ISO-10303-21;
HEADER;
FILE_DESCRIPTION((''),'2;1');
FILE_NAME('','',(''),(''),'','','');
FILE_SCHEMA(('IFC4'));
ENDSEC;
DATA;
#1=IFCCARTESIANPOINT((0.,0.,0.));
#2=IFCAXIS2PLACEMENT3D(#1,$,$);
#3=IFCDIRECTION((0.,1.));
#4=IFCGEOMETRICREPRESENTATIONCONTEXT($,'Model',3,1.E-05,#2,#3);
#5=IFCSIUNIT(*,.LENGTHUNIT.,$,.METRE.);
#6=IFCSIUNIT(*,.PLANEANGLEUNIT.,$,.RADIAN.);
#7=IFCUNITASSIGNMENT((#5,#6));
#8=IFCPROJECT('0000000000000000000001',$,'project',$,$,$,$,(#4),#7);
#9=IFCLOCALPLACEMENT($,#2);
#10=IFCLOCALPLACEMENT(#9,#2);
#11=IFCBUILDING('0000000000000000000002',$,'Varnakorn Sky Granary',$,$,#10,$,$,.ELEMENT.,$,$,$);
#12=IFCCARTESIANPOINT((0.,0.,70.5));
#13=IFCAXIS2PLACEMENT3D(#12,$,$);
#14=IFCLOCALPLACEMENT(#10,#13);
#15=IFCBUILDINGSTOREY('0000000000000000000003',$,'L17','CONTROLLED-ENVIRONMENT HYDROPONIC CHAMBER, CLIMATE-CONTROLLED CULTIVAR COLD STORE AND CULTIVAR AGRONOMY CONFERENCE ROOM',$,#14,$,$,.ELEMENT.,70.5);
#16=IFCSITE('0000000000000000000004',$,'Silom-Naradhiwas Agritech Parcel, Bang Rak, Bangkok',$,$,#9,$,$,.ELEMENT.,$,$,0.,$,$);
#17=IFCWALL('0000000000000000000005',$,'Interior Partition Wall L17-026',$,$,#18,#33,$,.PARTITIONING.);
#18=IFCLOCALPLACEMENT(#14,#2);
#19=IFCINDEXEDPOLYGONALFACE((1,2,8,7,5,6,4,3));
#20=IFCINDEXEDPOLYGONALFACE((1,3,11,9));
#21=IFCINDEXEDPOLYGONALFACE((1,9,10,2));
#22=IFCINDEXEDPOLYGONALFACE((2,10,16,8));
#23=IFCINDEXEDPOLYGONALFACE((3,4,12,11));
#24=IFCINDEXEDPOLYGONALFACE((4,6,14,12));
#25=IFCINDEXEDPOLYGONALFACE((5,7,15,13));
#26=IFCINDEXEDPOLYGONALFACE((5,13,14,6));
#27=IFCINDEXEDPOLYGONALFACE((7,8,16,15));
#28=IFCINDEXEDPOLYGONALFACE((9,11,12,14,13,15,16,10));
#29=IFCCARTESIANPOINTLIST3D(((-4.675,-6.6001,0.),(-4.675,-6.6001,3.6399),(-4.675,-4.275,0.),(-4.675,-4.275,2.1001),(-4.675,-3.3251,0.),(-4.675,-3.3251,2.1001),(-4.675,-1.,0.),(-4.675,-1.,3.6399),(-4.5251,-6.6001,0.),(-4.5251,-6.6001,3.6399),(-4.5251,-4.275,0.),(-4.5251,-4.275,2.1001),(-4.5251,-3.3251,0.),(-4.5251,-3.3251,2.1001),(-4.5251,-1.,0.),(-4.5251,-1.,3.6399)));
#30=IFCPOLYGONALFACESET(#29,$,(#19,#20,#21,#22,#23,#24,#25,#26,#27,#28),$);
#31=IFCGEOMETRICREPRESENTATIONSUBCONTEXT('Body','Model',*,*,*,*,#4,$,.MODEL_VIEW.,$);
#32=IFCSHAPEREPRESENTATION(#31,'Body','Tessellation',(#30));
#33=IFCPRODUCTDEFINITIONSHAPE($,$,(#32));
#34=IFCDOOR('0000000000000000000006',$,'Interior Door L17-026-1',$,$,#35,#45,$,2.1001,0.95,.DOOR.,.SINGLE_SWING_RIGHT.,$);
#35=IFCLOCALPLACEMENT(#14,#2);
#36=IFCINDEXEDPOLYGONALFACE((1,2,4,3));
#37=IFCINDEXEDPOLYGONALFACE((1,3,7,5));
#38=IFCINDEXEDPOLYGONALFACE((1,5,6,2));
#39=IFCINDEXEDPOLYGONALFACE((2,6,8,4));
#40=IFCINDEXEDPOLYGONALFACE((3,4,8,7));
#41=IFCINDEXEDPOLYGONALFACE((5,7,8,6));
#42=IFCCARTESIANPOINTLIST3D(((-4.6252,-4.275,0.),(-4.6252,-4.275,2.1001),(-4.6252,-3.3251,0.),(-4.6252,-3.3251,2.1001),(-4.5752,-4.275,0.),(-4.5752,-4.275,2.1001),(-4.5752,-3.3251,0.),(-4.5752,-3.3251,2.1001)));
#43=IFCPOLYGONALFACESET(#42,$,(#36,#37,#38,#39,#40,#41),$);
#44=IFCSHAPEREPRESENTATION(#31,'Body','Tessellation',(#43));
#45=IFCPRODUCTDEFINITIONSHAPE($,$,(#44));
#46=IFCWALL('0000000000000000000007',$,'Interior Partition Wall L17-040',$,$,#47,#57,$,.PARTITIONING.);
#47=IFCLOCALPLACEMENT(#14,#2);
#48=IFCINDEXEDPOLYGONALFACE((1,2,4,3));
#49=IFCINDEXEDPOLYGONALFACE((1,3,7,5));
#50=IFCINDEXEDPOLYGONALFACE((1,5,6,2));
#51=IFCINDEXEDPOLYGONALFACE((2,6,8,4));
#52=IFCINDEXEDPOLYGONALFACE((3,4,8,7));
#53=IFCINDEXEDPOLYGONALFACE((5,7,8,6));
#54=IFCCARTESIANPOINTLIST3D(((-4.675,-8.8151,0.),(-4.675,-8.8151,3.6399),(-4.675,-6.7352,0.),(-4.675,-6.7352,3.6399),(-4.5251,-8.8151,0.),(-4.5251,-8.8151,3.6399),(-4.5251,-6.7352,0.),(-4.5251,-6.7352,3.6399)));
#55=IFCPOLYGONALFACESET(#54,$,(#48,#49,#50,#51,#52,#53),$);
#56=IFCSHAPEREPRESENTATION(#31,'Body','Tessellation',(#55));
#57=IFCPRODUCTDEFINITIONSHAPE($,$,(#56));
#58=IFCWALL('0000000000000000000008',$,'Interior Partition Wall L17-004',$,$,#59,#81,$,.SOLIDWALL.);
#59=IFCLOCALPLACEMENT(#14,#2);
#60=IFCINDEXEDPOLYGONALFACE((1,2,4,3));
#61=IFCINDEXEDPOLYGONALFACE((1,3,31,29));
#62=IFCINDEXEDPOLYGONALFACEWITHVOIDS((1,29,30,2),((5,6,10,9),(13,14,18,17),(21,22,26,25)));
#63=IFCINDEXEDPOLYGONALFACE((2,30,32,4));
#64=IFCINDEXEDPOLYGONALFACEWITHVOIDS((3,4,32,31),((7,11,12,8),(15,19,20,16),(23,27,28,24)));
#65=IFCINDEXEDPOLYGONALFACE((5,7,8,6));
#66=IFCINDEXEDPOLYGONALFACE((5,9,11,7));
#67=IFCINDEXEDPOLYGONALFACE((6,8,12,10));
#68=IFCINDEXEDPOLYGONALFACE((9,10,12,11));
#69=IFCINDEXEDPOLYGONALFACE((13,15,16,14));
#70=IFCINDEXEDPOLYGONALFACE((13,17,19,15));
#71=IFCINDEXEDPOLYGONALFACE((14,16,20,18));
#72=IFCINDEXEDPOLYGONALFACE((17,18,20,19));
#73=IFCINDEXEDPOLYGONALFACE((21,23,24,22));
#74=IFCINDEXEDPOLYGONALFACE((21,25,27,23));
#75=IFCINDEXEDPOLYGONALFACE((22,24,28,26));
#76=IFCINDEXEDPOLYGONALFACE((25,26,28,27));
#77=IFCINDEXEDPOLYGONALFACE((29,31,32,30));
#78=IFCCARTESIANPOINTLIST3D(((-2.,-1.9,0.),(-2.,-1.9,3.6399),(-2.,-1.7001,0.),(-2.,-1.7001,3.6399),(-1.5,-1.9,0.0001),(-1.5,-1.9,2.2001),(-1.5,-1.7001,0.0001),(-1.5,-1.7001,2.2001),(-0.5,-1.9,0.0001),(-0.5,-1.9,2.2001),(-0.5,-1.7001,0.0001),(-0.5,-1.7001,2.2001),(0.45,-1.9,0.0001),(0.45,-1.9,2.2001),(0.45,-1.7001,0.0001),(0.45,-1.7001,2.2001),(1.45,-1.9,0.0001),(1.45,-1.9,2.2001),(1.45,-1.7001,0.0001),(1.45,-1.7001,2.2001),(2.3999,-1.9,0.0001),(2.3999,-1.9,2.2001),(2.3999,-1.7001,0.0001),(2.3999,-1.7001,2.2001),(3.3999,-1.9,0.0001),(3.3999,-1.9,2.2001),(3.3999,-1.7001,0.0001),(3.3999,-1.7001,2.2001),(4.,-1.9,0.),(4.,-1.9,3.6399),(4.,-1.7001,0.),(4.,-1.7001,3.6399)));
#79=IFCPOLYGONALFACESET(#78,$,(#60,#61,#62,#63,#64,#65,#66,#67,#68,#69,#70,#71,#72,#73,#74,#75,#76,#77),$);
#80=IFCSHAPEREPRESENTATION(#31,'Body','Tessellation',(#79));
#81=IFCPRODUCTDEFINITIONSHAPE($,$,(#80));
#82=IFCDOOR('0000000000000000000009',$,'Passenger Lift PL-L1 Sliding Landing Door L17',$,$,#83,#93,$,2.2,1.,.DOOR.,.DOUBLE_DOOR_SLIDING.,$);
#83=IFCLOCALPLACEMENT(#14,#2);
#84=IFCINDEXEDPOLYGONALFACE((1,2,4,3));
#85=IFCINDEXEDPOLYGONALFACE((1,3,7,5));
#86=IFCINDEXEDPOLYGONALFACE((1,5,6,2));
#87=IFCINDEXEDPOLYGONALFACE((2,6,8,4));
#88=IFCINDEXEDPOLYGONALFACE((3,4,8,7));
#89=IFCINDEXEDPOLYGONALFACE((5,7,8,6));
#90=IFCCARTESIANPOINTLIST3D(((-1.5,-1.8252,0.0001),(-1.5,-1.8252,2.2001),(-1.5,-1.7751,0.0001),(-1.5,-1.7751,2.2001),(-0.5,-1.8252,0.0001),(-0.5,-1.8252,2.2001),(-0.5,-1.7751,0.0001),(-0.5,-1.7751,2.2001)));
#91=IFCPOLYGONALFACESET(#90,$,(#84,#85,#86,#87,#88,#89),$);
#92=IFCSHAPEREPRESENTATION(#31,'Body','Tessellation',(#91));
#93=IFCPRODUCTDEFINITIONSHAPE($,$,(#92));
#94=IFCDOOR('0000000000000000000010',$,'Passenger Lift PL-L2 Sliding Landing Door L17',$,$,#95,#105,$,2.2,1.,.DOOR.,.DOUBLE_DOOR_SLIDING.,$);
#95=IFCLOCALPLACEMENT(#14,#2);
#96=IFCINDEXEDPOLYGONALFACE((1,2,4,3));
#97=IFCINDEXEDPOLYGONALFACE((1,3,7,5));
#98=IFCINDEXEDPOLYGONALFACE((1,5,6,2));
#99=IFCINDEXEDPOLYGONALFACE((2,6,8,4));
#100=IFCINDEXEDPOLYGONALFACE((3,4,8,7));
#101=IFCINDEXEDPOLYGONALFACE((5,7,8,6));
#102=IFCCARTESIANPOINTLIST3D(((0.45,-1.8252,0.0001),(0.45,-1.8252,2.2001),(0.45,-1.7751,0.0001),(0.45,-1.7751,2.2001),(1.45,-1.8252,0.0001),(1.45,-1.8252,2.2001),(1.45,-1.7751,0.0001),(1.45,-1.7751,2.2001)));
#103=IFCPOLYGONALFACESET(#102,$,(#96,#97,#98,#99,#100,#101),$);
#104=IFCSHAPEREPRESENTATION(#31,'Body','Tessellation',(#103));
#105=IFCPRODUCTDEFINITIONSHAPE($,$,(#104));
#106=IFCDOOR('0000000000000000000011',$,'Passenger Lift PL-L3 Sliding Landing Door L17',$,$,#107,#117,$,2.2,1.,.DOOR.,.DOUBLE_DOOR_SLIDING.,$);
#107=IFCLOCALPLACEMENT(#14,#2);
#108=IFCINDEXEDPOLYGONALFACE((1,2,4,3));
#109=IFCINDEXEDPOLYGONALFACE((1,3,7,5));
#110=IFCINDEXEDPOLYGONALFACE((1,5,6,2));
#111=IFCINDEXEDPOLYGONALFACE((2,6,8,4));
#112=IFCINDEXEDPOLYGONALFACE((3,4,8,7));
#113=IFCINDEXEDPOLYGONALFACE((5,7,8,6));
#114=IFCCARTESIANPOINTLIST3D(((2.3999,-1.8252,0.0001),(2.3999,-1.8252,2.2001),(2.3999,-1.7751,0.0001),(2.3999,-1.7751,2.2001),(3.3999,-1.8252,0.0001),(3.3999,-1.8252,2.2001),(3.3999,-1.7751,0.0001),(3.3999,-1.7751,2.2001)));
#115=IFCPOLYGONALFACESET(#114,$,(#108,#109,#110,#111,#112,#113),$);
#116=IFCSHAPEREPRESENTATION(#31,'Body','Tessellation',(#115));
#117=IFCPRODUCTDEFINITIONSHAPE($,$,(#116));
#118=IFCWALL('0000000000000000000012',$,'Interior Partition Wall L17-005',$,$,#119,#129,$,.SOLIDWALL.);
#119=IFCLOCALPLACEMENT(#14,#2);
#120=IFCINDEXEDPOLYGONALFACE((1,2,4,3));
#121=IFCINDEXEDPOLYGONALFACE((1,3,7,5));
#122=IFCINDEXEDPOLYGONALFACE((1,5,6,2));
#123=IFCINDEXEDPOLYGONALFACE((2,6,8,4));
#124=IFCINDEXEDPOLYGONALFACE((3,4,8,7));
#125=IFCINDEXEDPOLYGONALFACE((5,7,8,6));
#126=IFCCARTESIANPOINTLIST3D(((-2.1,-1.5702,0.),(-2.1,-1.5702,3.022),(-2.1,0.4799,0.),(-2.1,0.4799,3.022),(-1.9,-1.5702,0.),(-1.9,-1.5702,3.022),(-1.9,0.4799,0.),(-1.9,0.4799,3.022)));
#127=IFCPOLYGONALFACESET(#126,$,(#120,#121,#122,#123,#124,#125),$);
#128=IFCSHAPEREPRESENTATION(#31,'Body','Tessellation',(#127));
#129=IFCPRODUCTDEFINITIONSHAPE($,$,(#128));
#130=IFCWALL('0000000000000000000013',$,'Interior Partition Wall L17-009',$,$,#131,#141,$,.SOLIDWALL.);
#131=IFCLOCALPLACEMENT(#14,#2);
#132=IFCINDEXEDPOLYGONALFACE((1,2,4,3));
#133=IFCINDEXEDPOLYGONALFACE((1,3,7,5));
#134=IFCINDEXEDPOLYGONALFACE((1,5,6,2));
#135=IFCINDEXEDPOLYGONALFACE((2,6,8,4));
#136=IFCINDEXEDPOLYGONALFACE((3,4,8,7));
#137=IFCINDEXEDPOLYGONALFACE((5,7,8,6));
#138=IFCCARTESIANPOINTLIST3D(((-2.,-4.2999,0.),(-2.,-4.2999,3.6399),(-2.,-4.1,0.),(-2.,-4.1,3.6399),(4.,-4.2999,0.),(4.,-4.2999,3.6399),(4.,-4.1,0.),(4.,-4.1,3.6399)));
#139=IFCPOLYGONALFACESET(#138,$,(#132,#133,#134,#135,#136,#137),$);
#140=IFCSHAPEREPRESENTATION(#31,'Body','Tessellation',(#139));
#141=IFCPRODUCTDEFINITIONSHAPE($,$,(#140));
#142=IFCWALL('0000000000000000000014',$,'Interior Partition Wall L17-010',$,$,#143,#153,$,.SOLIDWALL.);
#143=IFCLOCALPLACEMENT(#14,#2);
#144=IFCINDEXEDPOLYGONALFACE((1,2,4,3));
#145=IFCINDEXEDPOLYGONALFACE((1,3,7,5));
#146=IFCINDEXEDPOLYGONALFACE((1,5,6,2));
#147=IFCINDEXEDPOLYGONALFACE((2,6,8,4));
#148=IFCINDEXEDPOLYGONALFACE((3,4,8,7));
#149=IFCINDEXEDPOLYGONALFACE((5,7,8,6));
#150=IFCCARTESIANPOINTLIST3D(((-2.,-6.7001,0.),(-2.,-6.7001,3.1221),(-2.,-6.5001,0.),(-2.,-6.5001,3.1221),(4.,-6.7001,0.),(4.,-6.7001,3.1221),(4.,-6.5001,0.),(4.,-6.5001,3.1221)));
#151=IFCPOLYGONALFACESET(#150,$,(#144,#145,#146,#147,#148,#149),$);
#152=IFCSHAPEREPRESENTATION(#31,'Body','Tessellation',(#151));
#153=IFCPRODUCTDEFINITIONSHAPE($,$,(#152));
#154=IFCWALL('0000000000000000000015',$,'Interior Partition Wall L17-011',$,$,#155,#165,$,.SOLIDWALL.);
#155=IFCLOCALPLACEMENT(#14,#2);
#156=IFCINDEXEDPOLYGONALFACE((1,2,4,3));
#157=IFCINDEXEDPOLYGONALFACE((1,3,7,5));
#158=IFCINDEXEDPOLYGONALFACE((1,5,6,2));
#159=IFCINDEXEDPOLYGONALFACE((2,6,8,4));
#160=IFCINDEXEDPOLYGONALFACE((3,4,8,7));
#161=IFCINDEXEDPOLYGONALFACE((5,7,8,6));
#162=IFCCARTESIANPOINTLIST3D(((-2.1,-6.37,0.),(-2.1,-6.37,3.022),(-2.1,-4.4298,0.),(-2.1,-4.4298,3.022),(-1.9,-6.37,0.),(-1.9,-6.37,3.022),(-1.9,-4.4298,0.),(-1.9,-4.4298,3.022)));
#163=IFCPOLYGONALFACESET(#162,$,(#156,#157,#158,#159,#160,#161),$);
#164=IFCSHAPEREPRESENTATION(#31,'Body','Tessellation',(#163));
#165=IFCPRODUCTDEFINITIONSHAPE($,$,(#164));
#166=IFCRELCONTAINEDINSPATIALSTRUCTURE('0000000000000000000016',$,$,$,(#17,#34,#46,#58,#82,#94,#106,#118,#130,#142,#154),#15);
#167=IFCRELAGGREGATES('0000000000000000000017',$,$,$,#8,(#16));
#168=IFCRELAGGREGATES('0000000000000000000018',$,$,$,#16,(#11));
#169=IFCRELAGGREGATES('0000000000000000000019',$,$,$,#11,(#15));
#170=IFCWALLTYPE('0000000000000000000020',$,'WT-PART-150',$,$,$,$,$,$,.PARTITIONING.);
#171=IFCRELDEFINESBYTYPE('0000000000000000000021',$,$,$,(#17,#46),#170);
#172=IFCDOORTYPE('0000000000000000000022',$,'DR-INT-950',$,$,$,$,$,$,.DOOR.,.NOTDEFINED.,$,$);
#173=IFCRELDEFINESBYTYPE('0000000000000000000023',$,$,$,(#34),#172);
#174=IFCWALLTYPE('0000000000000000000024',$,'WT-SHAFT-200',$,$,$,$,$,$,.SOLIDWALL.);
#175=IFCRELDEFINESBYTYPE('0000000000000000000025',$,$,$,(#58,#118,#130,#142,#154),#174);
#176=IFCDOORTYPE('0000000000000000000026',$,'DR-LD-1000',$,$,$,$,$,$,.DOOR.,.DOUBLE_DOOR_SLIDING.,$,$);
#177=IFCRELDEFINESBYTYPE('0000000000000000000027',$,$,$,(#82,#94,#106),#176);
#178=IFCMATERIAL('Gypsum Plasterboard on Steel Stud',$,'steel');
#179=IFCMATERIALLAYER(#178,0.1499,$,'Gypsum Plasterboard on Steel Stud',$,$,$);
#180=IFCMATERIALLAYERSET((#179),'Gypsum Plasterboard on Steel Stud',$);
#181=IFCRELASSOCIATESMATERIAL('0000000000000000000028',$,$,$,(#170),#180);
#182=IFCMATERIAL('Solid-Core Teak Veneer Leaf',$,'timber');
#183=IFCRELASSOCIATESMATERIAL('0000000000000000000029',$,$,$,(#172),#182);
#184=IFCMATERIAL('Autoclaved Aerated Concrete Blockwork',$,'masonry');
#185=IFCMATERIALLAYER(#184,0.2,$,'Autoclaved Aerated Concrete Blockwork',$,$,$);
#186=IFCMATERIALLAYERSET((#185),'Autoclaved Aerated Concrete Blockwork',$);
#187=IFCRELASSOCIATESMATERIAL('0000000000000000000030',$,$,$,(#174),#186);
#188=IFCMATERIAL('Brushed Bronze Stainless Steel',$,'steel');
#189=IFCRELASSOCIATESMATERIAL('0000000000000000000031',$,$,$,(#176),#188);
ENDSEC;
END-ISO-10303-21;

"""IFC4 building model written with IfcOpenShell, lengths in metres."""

from ifc_helpers import new_model, si_unit, direction, frame, frame_2d, origin, place, context, subcontext, project, spatial, rectangle, extrude, material, layer, layer_set, type_object, element, fill, save


model = new_model("IFC4")

# Units and contexts
model_context = context("Model", 3, precision=1e-05, world=origin(), true_north=direction((0.0, 1.0)))
body_context = subcontext(model_context, "Body", "Model", "MODEL_VIEW")
ifc_project = project(units=[si_unit("LENGTHUNIT", "METRE"), si_unit("PLANEANGLEUNIT", "RADIAN")], contexts=[model_context])

# Site, building, storey
site_placement = place(None, origin())
site = spatial("IfcSite", under=ifc_project, at=site_placement, Name="Silom-Naradhiwas Agritech Parcel, Bang Rak, Bangkok", CompositionType="ELEMENT", RefElevation=0.0)
building_placement = place(site_placement, origin())
building = spatial("IfcBuilding", under=site, at=building_placement, Name="Varnakorn Sky Granary", CompositionType="ELEMENT")
storey_placement = place(building_placement, frame((0.0, 0.0, 70.5)))
storey = spatial("IfcBuildingStorey", under=building, at=storey_placement, Name="L17", Description="CONTROLLED-ENVIRONMENT HYDROPONIC CHAMBER, CLIMATE-CONTROLLED CULTIVAR COLD STORE AND CULTIVAR AGRONOMY CONFERENCE ROOM", CompositionType="ELEMENT", Elevation=70.5)

# Wall, opening, door
ifc_material_1 = material(Name="Autoclaved Aerated Concrete Blockwork", Category="masonry")
ifc_material_2 = material(Name="Gypsum Plasterboard on Steel Stud", Category="steel")
ifc_layer_1 = layer(ifc_material_2, 0.1499, Name="Gypsum Plasterboard on Steel Stud")
ifc_layer_set_1 = layer_set([ifc_layer_1], Name="Gypsum Plasterboard on Steel Stud")
wall_type_1 = type_object("IfcWallType", Name="WT-PART-150", PredefinedType="PARTITIONING", material=ifc_layer_set_1)
ifc_material_3 = material(Name="Solid-Core Teak Veneer Leaf", Category="timber")
door_type_1 = type_object("IfcDoorType", Name="DR-INT-950", OperationType="NOTDEFINED", PredefinedType="DOOR", material=ifc_material_3)
wall_1_placement = place(storey_placement, frame((-4.6001, -1.0, 0.0), z_axis=(0.0, 0.0, 1.0), x_axis=(0.0, -1.0, 0.0)))
wall_1 = element("IfcWall", 1, at=wall_1_placement, inside=storey, type_object=wall_type_1, Name="Interior Partition Wall L17-026", PredefinedType="PARTITIONING", context=body_context, shape_type="SweptSolid", body=[
    extrude(rectangle(XDim=5.6001, YDim=0.1499, at=frame_2d((2.8, 0.0))), origin(), (0.0, 0.0, 1.0), 3.6399),
])
opening_1_placement = place(wall_1_placement, frame((2.325, 0.0, 0.0)))
opening_1 = element("IfcOpeningElement", 2, at=opening_1_placement, cuts=wall_1, PredefinedType="OPENING", context=body_context, shape_type="SweptSolid", body=[
    extrude(rectangle(XDim=0.95, YDim=2.1001, at=frame_2d((0.4751, 1.05))), frame((0.0, 0.085, 0.0), z_axis=(0.0, -1.0, 0.0), x_axis=(1.0, 0.0, 0.0)), (0.0, 0.0, 1.0), 0.1699),
])
door_1_placement = place(opening_1_placement, origin())
door_1 = element("IfcDoor", 3, at=door_1_placement, inside=storey, type_object=door_type_1, Name="Interior Door L17-026-1", OperationType="SINGLE_SWING_RIGHT", OverallHeight=2.1001, OverallWidth=0.95, PredefinedType="DOOR", context=body_context, shape_type="SweptSolid", body=[
    extrude(rectangle(XDim=0.95, YDim=2.1001, at=frame_2d((0.4751, 1.05))), frame((0.0, 0.0249, 0.0), z_axis=(0.0, -1.0, 0.0), x_axis=(1.0, 0.0, 0.0)), (0.0, 0.0, 1.0), 0.05),
])
fill(opening_1, door_1)

# Wall
wall_2_placement = place(storey_placement, frame((-4.6001, -6.7351, 0.0), z_axis=(0.0, 0.0, 1.0), x_axis=(0.0, -1.0, 0.0)))
element("IfcWall", 4, at=wall_2_placement, inside=storey, type_object=wall_type_1, Name="Interior Partition Wall L17-040", PredefinedType="PARTITIONING", context=body_context, shape_type="SweptSolid", body=[
    extrude(rectangle(XDim=2.0798, YDim=0.1499, at=frame_2d((1.04, 0.0))), origin(), (0.0, 0.0, 1.0), 3.6399),
])

# Wall, openings, doors
ifc_layer_2 = layer(ifc_material_1, 0.2, Name="Autoclaved Aerated Concrete Blockwork")
ifc_layer_set_2 = layer_set([ifc_layer_2], Name="Autoclaved Aerated Concrete Blockwork")
wall_type_2 = type_object("IfcWallType", Name="WT-SHAFT-200", PredefinedType="SOLIDWALL", material=ifc_layer_set_2)
wall_3_placement = place(storey_placement, frame((-2.0, -1.8, 0.0), z_axis=(0.0, 0.0, 1.0), x_axis=(1.0, 0.0, 0.0)))
wall_3 = element("IfcWall", 5, at=wall_3_placement, inside=storey, type_object=wall_type_2, Name="Interior Partition Wall L17-004", PredefinedType="SOLIDWALL", context=body_context, shape_type="SweptSolid", body=[
    extrude(rectangle(XDim=6.0, YDim=0.2, at=frame_2d((3.0, 0.0))), origin(), (0.0, 0.0, 1.0), 3.6399),
])
opening_2_placement = place(wall_3_placement, frame((0.5, 0.0, 0.0)))
opening_2 = element("IfcOpeningElement", 6, at=opening_2_placement, cuts=wall_3, PredefinedType="OPENING", context=body_context, shape_type="SweptSolid", body=[
    extrude(rectangle(XDim=1.0, YDim=2.2, at=frame_2d((0.5, 1.1001))), frame((0.0, 0.1099, 0.0), z_axis=(0.0, -1.0, 0.0), x_axis=(1.0, 0.0, 0.0)), (0.0, 0.0, 1.0), 0.22),
])
opening_3_placement = place(wall_3_placement, frame((2.45, 0.0, 0.0)))
opening_3 = element("IfcOpeningElement", 7, at=opening_3_placement, cuts=wall_3, PredefinedType="OPENING", context=body_context, shape_type="SweptSolid", body=[
    extrude(rectangle(XDim=1.0, YDim=2.2, at=frame_2d((0.5, 1.1001))), frame((0.0, 0.1099, 0.0), z_axis=(0.0, -1.0, 0.0), x_axis=(1.0, 0.0, 0.0)), (0.0, 0.0, 1.0), 0.22),
])
opening_4_placement = place(wall_3_placement, frame((4.3999, 0.0, 0.0)))
opening_4 = element("IfcOpeningElement", 8, at=opening_4_placement, cuts=wall_3, PredefinedType="OPENING", context=body_context, shape_type="SweptSolid", body=[
    extrude(rectangle(XDim=1.0, YDim=2.2, at=frame_2d((0.5, 1.1001))), frame((0.0, 0.1099, 0.0), z_axis=(0.0, -1.0, 0.0), x_axis=(1.0, 0.0, 0.0)), (0.0, 0.0, 1.0), 0.22),
])
ifc_material_4 = material(Name="Brushed Bronze Stainless Steel", Category="steel")
door_type_2 = type_object("IfcDoorType", Name="DR-LD-1000", OperationType="DOUBLE_DOOR_SLIDING", PredefinedType="DOOR", material=ifc_material_4)
door_2_placement = place(opening_2_placement, origin())
door_2 = element("IfcDoor", 9, at=door_2_placement, inside=storey, type_object=door_type_2, Name="Passenger Lift PL-L1 Sliding Landing Door L17", OperationType="DOUBLE_DOOR_SLIDING", OverallHeight=2.2, OverallWidth=1.0, PredefinedType="DOOR", context=body_context, shape_type="SweptSolid", body=[
    extrude(rectangle(XDim=1.0, YDim=2.2, at=frame_2d((0.5, 1.1001))), frame((0.0, 0.0249, 0.0), z_axis=(0.0, -1.0, 0.0), x_axis=(1.0, 0.0, 0.0)), (0.0, 0.0, 1.0), 0.05),
])
fill(opening_2, door_2)
door_3_placement = place(opening_3_placement, origin())
door_3 = element("IfcDoor", 10, at=door_3_placement, inside=storey, type_object=door_type_2, Name="Passenger Lift PL-L2 Sliding Landing Door L17", OperationType="DOUBLE_DOOR_SLIDING", OverallHeight=2.2, OverallWidth=1.0, PredefinedType="DOOR", context=body_context, shape_type="SweptSolid", body=[
    extrude(rectangle(XDim=1.0, YDim=2.2, at=frame_2d((0.5, 1.1001))), frame((0.0, 0.0249, 0.0), z_axis=(0.0, -1.0, 0.0), x_axis=(1.0, 0.0, 0.0)), (0.0, 0.0, 1.0), 0.05),
])
fill(opening_3, door_3)
door_4_placement = place(opening_4_placement, origin())
door_4 = element("IfcDoor", 11, at=door_4_placement, inside=storey, type_object=door_type_2, Name="Passenger Lift PL-L3 Sliding Landing Door L17", OperationType="DOUBLE_DOOR_SLIDING", OverallHeight=2.2, OverallWidth=1.0, PredefinedType="DOOR", context=body_context, shape_type="SweptSolid", body=[
    extrude(rectangle(XDim=1.0, YDim=2.2, at=frame_2d((0.5, 1.1001))), frame((0.0, 0.0249, 0.0), z_axis=(0.0, -1.0, 0.0), x_axis=(1.0, 0.0, 0.0)), (0.0, 0.0, 1.0), 0.05),
])
fill(opening_4, door_4)

# Walls
wall_4_placement = place(storey_placement, frame((-2.0, -1.5701, 0.0), z_axis=(0.0, 0.0, 1.0), x_axis=(0.0, 1.0, 0.0)))
element("IfcWall", 12, at=wall_4_placement, inside=storey, type_object=wall_type_2, Name="Interior Partition Wall L17-005", PredefinedType="SOLIDWALL", context=body_context, shape_type="SweptSolid", body=[
    extrude(rectangle(XDim=2.05, YDim=0.2, at=frame_2d((1.0249, 0.0))), origin(), (0.0, 0.0, 1.0), 3.022),
])
wall_5_placement = place(storey_placement, frame((-2.0, -4.2, 0.0), z_axis=(0.0, 0.0, 1.0), x_axis=(1.0, 0.0, 0.0)))
element("IfcWall", 13, at=wall_5_placement, inside=storey, type_object=wall_type_2, Name="Interior Partition Wall L17-009", PredefinedType="SOLIDWALL", context=body_context, shape_type="SweptSolid", body=[
    extrude(rectangle(XDim=6.0, YDim=0.2, at=frame_2d((3.0, 0.0))), origin(), (0.0, 0.0, 1.0), 3.6399),
])
wall_6_placement = place(storey_placement, frame((-2.0, -6.6001, 0.0), z_axis=(0.0, 0.0, 1.0), x_axis=(1.0, 0.0, 0.0)))
element("IfcWall", 14, at=wall_6_placement, inside=storey, type_object=wall_type_2, Name="Interior Partition Wall L17-010", PredefinedType="SOLIDWALL", context=body_context, shape_type="SweptSolid", body=[
    extrude(rectangle(XDim=6.0, YDim=0.2, at=frame_2d((3.0, 0.0))), origin(), (0.0, 0.0, 1.0), 3.1221),
])
wall_7_placement = place(storey_placement, frame((-2.0, -6.3701, 0.0), z_axis=(0.0, 0.0, 1.0), x_axis=(0.0, 1.0, 0.0)))
element("IfcWall", 15, at=wall_7_placement, inside=storey, type_object=wall_type_2, Name="Interior Partition Wall L17-011", PredefinedType="SOLIDWALL", context=body_context, shape_type="SweptSolid", body=[
    extrude(rectangle(XDim=1.9402, YDim=0.2, at=frame_2d((0.9702, 0.0))), origin(), (0.0, 0.0, 1.0), 3.022),
])

save(model, "model.ifc")
